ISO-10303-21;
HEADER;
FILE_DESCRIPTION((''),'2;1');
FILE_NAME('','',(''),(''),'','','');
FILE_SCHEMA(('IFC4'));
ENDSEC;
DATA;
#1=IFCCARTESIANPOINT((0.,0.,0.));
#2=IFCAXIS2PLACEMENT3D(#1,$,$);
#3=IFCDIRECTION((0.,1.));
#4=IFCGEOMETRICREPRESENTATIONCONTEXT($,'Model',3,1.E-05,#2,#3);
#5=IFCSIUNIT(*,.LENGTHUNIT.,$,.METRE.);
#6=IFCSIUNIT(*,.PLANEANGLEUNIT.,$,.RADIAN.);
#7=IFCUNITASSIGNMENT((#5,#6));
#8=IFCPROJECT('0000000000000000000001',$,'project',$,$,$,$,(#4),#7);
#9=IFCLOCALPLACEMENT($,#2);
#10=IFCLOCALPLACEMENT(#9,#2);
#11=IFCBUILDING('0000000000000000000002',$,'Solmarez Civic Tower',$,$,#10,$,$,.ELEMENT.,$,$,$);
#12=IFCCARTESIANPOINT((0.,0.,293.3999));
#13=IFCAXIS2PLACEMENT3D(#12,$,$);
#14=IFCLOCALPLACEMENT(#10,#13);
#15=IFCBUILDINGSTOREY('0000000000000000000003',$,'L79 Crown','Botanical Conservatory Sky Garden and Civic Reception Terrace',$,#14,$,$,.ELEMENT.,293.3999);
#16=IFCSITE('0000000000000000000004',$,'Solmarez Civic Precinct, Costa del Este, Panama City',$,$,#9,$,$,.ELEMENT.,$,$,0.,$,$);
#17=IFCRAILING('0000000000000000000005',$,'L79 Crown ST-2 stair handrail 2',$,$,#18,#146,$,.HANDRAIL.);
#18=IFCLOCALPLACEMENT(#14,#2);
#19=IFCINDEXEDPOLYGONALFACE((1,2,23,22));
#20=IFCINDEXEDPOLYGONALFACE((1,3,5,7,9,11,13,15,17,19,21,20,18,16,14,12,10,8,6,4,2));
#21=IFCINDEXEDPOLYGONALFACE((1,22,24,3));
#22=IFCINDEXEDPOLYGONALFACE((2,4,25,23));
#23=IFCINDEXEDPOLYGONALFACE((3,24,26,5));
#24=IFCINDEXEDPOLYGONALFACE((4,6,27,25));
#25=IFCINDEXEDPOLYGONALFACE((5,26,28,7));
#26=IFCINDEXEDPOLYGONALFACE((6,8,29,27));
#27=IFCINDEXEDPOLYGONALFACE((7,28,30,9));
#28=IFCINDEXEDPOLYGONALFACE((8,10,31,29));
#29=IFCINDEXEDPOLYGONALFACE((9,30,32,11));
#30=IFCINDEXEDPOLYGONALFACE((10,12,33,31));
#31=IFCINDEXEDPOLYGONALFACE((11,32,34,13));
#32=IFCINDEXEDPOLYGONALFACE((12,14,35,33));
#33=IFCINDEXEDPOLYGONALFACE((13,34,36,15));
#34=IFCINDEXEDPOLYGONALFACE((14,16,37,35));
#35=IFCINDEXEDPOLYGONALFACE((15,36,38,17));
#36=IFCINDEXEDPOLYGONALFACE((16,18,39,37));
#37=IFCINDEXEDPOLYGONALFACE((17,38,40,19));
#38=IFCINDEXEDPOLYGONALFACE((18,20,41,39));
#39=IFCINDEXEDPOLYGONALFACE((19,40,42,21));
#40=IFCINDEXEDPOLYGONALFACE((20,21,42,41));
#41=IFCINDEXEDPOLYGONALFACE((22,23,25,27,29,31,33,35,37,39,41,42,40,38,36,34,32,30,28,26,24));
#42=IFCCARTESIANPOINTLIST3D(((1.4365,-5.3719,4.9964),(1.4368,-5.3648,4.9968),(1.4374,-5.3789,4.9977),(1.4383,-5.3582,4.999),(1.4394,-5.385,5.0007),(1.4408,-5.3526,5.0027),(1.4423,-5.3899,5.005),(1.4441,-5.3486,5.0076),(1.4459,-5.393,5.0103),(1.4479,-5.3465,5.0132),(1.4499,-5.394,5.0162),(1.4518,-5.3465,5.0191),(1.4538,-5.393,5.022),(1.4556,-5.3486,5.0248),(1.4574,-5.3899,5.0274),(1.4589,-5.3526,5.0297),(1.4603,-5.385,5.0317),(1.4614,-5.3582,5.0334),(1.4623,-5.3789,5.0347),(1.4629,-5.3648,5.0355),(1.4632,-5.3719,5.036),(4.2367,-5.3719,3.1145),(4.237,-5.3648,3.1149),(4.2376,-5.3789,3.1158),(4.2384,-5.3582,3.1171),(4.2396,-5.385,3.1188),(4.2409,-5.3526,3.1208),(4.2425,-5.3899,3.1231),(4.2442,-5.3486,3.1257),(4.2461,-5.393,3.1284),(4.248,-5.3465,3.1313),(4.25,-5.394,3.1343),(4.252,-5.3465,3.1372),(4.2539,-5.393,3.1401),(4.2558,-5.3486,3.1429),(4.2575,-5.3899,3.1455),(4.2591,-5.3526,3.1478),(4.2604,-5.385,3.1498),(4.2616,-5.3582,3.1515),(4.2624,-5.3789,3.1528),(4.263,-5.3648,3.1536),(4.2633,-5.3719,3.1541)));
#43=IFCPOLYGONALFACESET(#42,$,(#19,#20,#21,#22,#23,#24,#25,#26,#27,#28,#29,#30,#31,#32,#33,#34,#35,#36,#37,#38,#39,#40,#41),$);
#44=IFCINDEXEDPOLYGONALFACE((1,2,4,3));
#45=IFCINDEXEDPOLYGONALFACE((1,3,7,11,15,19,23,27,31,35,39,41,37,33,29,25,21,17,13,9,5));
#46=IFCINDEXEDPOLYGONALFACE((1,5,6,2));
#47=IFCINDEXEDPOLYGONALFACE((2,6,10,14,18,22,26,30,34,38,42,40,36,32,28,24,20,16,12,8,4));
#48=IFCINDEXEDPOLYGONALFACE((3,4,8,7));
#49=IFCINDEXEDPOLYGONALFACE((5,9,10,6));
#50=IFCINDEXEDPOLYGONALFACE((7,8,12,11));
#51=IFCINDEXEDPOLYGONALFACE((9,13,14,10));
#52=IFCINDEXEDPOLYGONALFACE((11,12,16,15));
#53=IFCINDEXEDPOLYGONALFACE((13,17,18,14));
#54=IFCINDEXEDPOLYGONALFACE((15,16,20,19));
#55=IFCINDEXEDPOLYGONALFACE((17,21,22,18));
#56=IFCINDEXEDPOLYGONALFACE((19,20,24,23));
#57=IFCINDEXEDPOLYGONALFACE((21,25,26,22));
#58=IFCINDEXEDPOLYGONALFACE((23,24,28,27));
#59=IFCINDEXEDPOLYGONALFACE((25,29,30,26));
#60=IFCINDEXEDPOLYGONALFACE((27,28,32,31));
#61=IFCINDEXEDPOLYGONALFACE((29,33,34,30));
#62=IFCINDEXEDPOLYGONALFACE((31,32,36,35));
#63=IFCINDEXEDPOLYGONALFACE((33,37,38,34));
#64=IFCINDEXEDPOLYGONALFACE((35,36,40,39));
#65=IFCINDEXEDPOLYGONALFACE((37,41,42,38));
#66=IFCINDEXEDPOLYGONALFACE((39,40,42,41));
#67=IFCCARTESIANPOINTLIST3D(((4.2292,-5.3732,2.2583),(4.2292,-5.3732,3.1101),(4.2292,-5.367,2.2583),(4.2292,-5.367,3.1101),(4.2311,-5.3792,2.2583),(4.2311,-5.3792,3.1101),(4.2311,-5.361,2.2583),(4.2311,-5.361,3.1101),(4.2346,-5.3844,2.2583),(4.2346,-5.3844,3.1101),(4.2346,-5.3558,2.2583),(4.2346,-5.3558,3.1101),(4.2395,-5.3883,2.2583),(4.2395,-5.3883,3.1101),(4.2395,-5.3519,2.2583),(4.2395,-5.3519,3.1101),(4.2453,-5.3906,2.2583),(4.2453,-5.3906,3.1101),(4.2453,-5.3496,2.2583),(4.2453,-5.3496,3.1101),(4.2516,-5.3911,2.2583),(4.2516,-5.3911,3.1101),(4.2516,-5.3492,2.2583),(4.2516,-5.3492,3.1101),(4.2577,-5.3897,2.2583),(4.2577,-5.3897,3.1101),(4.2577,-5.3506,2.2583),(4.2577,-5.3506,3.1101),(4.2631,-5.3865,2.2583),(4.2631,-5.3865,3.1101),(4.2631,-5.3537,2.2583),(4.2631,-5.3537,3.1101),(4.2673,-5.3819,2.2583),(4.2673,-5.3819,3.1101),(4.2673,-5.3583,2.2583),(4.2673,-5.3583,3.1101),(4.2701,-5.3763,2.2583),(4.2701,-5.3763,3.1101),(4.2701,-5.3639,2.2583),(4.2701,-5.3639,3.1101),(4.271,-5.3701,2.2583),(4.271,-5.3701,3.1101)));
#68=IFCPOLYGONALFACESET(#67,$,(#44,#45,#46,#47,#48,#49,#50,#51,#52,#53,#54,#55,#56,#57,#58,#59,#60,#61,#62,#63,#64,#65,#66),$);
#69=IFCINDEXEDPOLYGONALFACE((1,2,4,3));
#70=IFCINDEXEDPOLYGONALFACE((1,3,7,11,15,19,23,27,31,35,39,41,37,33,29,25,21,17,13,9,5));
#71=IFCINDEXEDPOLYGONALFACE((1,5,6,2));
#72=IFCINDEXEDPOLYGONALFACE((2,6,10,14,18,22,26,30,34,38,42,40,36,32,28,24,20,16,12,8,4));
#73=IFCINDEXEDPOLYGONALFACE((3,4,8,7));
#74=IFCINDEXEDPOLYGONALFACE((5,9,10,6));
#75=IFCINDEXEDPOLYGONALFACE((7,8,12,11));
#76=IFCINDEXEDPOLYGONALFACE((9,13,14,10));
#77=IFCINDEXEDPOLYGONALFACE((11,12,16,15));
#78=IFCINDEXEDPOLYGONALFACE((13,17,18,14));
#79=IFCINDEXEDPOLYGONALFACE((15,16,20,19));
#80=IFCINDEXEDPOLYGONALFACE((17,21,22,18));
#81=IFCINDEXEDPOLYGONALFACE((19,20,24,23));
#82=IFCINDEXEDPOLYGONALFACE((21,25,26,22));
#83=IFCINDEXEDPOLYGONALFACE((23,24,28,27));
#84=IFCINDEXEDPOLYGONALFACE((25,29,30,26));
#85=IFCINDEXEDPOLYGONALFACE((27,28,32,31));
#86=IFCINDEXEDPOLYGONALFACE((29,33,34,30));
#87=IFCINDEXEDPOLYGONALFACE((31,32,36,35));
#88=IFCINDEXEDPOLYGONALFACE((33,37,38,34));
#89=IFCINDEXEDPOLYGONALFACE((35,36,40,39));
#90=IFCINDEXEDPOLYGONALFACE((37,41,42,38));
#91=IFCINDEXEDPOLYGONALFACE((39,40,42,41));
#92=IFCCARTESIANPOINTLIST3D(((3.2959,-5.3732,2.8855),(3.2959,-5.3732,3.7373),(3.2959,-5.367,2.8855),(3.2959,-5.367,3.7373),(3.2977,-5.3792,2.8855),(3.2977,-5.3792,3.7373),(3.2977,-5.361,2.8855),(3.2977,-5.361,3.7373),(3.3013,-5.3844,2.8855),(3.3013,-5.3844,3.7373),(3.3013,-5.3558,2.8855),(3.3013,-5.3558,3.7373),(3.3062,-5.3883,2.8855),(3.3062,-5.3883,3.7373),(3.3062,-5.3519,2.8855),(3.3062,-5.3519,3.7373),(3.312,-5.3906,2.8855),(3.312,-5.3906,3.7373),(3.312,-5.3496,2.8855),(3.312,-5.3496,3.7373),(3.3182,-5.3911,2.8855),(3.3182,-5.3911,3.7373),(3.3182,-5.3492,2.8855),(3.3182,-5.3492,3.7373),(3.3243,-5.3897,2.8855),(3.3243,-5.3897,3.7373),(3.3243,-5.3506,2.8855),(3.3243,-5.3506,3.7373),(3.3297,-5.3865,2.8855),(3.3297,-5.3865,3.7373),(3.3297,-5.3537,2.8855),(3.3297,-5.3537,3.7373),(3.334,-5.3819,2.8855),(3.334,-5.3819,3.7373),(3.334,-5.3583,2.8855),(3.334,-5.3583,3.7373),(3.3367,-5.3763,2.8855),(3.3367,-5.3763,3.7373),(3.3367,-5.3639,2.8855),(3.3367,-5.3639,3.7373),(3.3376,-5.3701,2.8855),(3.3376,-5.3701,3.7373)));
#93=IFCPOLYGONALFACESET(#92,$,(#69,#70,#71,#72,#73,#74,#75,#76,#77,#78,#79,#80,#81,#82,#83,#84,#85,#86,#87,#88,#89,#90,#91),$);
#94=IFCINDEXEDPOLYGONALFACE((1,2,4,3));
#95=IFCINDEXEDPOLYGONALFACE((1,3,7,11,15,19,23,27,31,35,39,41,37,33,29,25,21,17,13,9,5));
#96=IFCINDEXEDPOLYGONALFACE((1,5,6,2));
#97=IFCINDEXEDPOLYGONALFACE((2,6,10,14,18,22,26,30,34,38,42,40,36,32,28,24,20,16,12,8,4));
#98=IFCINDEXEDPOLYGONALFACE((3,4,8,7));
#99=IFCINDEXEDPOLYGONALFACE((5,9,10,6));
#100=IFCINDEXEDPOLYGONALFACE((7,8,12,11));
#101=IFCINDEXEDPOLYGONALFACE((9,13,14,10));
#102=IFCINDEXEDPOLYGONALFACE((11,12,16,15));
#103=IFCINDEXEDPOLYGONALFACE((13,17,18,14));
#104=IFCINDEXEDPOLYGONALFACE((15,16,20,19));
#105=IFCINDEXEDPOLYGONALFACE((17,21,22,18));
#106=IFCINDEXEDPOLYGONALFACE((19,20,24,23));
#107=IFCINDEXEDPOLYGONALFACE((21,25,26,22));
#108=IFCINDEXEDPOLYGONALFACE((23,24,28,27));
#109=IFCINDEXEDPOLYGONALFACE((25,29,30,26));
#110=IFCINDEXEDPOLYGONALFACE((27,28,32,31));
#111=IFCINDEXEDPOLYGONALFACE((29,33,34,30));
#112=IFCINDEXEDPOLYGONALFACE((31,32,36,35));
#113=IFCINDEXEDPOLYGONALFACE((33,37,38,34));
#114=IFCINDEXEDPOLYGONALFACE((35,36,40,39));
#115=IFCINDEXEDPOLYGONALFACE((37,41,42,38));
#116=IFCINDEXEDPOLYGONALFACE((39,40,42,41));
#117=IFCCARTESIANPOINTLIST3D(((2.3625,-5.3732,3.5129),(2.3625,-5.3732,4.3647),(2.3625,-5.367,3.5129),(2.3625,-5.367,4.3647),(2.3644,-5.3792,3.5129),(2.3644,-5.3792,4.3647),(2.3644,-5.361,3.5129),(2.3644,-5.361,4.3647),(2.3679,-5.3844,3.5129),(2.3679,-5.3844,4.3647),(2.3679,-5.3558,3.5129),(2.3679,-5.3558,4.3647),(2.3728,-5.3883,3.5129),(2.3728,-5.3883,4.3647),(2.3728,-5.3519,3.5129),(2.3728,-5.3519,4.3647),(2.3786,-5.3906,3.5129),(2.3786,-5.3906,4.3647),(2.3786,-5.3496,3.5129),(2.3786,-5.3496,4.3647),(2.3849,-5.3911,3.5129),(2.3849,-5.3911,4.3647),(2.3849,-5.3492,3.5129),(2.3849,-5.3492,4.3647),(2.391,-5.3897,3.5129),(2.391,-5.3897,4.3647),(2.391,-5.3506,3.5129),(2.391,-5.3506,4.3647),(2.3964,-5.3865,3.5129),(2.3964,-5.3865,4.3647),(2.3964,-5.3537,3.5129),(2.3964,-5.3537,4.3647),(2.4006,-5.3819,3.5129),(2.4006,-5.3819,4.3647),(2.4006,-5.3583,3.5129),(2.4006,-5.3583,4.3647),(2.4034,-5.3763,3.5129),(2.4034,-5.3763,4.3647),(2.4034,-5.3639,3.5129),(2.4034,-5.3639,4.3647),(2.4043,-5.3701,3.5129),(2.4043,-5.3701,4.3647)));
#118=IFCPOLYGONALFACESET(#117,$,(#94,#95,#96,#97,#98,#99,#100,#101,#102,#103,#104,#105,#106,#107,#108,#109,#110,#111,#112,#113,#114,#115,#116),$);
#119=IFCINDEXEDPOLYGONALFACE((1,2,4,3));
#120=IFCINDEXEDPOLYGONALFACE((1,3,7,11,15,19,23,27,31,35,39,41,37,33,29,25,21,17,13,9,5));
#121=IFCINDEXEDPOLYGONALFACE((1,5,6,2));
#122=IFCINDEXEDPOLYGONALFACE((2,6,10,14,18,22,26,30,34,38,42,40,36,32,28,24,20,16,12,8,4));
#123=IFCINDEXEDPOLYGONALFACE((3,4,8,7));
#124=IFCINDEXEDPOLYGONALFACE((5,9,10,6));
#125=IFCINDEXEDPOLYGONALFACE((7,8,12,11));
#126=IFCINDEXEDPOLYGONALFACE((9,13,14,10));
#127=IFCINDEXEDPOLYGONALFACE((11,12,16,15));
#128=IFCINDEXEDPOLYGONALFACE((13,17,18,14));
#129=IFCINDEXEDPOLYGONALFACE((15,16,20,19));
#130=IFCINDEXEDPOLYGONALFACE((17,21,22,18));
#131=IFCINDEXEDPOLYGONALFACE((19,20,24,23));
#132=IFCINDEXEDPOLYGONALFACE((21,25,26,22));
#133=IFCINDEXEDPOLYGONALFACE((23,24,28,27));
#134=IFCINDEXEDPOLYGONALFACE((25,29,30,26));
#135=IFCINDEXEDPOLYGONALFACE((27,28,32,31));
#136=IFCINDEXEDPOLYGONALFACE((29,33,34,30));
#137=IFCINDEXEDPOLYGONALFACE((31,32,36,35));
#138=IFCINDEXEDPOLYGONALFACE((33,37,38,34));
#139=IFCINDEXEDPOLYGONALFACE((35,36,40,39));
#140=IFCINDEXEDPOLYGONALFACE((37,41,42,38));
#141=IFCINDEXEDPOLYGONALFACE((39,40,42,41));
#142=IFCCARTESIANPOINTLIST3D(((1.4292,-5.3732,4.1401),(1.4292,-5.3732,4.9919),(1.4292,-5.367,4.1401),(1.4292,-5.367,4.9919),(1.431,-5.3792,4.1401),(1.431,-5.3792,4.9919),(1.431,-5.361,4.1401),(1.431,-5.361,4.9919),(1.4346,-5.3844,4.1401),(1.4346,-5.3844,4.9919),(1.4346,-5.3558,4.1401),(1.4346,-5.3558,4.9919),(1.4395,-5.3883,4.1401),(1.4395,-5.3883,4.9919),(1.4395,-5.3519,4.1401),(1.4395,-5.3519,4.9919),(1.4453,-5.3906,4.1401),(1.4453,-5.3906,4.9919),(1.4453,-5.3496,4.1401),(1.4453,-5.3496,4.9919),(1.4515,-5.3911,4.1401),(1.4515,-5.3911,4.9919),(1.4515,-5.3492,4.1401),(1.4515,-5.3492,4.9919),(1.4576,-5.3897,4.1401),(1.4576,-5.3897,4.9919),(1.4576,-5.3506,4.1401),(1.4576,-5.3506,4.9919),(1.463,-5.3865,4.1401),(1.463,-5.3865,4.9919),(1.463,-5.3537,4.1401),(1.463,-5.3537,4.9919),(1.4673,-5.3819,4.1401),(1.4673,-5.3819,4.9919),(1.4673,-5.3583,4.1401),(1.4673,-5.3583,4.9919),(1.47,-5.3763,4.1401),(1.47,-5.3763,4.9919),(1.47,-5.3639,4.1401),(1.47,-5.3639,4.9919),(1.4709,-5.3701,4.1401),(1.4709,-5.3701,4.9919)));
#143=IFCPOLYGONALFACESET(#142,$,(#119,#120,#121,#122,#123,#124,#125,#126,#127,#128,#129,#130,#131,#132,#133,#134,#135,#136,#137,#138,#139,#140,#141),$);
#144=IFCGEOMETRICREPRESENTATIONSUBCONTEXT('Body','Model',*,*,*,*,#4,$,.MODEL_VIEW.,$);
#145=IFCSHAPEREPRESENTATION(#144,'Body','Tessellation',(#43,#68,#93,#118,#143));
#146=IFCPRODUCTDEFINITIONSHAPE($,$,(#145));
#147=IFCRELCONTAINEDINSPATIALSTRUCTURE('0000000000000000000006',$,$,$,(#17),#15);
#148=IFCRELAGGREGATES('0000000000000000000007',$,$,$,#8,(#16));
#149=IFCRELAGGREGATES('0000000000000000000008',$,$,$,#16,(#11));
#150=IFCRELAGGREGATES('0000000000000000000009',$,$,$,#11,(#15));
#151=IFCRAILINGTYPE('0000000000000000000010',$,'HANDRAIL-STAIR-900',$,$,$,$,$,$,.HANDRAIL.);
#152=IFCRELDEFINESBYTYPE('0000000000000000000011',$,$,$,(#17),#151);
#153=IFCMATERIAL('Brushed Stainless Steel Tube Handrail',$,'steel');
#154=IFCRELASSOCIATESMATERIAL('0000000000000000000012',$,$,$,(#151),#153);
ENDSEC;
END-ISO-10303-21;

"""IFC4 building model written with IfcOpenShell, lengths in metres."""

from ifc_helpers import new_model, si_unit, direction, frame, origin, origin_2d, place, context, subcontext, project, spatial, circle, extrude, material, type_object, element, save


model = new_model("IFC4")

# Units and contexts
model_context = context("Model", 3, precision=1e-05, world=origin(), true_north=direction((0.0, 1.0)))
body_context = subcontext(model_context, "Body", "Model", "MODEL_VIEW")
ifc_project = project(units=[si_unit("LENGTHUNIT", "METRE"), si_unit("PLANEANGLEUNIT", "RADIAN")], contexts=[model_context])

# Site, building, storey
site_placement = place(None, origin())
site = spatial("IfcSite", under=ifc_project, at=site_placement, Name="Solmarez Civic Precinct, Costa del Este, Panama City", CompositionType="ELEMENT", RefElevation=0.0)
building_placement = place(site_placement, origin())
building = spatial("IfcBuilding", under=site, at=building_placement, Name="Solmarez Civic Tower", CompositionType="ELEMENT")
storey_placement = place(building_placement, frame((0.0, 0.0, 293.3999)))
storey = spatial("IfcBuildingStorey", under=building, at=storey_placement, Name="L79 Crown", Description="Botanical Conservatory Sky Garden and Civic Reception Terrace", CompositionType="ELEMENT", Elevation=293.3999)

# Railing
ifc_material_1 = material(Name="Brushed Stainless Steel Tube Handrail", Category="steel")
railing_type_1 = type_object("IfcRailingType", Name="HANDRAIL-STAIR-900", PredefinedType="HANDRAIL", material=ifc_material_1)
railing_1_placement = place(storey_placement, frame((4.25, -5.3701, 2.2583)))
element("IfcRailing", 1, at=railing_1_placement, inside=storey, type_object=railing_type_1, Name="L79 Crown ST-2 stair handrail 2", PredefinedType="HANDRAIL", context=body_context, shape_type="SweptSolid", body=[
    extrude(circle(Radius=0.0239, at=origin_2d()), frame((0.0, 0.0, 0.876), z_axis=(-0.829974, 0.0, 0.557803), x_axis=(0.0, -1.0, 0.0)), (0.0, 0.0, 1.0), 3.3738),
    extrude(circle(Radius=0.021, at=origin_2d()), origin(), (0.0, 0.0, 1.0), 0.8518),
    extrude(circle(Radius=0.021, at=origin_2d()), frame((-0.9333, 0.0, 0.6272)), (0.0, 0.0, 1.0), 0.8518),
    extrude(circle(Radius=0.021, at=origin_2d()), frame((-1.8667, 0.0, 1.2546)), (0.0, 0.0, 1.0), 0.8518),
    extrude(circle(Radius=0.021, at=origin_2d()), frame((-2.8, 0.0, 1.8818)), (0.0, 0.0, 1.0), 0.8518),
])

save(model, "model.ifc")
